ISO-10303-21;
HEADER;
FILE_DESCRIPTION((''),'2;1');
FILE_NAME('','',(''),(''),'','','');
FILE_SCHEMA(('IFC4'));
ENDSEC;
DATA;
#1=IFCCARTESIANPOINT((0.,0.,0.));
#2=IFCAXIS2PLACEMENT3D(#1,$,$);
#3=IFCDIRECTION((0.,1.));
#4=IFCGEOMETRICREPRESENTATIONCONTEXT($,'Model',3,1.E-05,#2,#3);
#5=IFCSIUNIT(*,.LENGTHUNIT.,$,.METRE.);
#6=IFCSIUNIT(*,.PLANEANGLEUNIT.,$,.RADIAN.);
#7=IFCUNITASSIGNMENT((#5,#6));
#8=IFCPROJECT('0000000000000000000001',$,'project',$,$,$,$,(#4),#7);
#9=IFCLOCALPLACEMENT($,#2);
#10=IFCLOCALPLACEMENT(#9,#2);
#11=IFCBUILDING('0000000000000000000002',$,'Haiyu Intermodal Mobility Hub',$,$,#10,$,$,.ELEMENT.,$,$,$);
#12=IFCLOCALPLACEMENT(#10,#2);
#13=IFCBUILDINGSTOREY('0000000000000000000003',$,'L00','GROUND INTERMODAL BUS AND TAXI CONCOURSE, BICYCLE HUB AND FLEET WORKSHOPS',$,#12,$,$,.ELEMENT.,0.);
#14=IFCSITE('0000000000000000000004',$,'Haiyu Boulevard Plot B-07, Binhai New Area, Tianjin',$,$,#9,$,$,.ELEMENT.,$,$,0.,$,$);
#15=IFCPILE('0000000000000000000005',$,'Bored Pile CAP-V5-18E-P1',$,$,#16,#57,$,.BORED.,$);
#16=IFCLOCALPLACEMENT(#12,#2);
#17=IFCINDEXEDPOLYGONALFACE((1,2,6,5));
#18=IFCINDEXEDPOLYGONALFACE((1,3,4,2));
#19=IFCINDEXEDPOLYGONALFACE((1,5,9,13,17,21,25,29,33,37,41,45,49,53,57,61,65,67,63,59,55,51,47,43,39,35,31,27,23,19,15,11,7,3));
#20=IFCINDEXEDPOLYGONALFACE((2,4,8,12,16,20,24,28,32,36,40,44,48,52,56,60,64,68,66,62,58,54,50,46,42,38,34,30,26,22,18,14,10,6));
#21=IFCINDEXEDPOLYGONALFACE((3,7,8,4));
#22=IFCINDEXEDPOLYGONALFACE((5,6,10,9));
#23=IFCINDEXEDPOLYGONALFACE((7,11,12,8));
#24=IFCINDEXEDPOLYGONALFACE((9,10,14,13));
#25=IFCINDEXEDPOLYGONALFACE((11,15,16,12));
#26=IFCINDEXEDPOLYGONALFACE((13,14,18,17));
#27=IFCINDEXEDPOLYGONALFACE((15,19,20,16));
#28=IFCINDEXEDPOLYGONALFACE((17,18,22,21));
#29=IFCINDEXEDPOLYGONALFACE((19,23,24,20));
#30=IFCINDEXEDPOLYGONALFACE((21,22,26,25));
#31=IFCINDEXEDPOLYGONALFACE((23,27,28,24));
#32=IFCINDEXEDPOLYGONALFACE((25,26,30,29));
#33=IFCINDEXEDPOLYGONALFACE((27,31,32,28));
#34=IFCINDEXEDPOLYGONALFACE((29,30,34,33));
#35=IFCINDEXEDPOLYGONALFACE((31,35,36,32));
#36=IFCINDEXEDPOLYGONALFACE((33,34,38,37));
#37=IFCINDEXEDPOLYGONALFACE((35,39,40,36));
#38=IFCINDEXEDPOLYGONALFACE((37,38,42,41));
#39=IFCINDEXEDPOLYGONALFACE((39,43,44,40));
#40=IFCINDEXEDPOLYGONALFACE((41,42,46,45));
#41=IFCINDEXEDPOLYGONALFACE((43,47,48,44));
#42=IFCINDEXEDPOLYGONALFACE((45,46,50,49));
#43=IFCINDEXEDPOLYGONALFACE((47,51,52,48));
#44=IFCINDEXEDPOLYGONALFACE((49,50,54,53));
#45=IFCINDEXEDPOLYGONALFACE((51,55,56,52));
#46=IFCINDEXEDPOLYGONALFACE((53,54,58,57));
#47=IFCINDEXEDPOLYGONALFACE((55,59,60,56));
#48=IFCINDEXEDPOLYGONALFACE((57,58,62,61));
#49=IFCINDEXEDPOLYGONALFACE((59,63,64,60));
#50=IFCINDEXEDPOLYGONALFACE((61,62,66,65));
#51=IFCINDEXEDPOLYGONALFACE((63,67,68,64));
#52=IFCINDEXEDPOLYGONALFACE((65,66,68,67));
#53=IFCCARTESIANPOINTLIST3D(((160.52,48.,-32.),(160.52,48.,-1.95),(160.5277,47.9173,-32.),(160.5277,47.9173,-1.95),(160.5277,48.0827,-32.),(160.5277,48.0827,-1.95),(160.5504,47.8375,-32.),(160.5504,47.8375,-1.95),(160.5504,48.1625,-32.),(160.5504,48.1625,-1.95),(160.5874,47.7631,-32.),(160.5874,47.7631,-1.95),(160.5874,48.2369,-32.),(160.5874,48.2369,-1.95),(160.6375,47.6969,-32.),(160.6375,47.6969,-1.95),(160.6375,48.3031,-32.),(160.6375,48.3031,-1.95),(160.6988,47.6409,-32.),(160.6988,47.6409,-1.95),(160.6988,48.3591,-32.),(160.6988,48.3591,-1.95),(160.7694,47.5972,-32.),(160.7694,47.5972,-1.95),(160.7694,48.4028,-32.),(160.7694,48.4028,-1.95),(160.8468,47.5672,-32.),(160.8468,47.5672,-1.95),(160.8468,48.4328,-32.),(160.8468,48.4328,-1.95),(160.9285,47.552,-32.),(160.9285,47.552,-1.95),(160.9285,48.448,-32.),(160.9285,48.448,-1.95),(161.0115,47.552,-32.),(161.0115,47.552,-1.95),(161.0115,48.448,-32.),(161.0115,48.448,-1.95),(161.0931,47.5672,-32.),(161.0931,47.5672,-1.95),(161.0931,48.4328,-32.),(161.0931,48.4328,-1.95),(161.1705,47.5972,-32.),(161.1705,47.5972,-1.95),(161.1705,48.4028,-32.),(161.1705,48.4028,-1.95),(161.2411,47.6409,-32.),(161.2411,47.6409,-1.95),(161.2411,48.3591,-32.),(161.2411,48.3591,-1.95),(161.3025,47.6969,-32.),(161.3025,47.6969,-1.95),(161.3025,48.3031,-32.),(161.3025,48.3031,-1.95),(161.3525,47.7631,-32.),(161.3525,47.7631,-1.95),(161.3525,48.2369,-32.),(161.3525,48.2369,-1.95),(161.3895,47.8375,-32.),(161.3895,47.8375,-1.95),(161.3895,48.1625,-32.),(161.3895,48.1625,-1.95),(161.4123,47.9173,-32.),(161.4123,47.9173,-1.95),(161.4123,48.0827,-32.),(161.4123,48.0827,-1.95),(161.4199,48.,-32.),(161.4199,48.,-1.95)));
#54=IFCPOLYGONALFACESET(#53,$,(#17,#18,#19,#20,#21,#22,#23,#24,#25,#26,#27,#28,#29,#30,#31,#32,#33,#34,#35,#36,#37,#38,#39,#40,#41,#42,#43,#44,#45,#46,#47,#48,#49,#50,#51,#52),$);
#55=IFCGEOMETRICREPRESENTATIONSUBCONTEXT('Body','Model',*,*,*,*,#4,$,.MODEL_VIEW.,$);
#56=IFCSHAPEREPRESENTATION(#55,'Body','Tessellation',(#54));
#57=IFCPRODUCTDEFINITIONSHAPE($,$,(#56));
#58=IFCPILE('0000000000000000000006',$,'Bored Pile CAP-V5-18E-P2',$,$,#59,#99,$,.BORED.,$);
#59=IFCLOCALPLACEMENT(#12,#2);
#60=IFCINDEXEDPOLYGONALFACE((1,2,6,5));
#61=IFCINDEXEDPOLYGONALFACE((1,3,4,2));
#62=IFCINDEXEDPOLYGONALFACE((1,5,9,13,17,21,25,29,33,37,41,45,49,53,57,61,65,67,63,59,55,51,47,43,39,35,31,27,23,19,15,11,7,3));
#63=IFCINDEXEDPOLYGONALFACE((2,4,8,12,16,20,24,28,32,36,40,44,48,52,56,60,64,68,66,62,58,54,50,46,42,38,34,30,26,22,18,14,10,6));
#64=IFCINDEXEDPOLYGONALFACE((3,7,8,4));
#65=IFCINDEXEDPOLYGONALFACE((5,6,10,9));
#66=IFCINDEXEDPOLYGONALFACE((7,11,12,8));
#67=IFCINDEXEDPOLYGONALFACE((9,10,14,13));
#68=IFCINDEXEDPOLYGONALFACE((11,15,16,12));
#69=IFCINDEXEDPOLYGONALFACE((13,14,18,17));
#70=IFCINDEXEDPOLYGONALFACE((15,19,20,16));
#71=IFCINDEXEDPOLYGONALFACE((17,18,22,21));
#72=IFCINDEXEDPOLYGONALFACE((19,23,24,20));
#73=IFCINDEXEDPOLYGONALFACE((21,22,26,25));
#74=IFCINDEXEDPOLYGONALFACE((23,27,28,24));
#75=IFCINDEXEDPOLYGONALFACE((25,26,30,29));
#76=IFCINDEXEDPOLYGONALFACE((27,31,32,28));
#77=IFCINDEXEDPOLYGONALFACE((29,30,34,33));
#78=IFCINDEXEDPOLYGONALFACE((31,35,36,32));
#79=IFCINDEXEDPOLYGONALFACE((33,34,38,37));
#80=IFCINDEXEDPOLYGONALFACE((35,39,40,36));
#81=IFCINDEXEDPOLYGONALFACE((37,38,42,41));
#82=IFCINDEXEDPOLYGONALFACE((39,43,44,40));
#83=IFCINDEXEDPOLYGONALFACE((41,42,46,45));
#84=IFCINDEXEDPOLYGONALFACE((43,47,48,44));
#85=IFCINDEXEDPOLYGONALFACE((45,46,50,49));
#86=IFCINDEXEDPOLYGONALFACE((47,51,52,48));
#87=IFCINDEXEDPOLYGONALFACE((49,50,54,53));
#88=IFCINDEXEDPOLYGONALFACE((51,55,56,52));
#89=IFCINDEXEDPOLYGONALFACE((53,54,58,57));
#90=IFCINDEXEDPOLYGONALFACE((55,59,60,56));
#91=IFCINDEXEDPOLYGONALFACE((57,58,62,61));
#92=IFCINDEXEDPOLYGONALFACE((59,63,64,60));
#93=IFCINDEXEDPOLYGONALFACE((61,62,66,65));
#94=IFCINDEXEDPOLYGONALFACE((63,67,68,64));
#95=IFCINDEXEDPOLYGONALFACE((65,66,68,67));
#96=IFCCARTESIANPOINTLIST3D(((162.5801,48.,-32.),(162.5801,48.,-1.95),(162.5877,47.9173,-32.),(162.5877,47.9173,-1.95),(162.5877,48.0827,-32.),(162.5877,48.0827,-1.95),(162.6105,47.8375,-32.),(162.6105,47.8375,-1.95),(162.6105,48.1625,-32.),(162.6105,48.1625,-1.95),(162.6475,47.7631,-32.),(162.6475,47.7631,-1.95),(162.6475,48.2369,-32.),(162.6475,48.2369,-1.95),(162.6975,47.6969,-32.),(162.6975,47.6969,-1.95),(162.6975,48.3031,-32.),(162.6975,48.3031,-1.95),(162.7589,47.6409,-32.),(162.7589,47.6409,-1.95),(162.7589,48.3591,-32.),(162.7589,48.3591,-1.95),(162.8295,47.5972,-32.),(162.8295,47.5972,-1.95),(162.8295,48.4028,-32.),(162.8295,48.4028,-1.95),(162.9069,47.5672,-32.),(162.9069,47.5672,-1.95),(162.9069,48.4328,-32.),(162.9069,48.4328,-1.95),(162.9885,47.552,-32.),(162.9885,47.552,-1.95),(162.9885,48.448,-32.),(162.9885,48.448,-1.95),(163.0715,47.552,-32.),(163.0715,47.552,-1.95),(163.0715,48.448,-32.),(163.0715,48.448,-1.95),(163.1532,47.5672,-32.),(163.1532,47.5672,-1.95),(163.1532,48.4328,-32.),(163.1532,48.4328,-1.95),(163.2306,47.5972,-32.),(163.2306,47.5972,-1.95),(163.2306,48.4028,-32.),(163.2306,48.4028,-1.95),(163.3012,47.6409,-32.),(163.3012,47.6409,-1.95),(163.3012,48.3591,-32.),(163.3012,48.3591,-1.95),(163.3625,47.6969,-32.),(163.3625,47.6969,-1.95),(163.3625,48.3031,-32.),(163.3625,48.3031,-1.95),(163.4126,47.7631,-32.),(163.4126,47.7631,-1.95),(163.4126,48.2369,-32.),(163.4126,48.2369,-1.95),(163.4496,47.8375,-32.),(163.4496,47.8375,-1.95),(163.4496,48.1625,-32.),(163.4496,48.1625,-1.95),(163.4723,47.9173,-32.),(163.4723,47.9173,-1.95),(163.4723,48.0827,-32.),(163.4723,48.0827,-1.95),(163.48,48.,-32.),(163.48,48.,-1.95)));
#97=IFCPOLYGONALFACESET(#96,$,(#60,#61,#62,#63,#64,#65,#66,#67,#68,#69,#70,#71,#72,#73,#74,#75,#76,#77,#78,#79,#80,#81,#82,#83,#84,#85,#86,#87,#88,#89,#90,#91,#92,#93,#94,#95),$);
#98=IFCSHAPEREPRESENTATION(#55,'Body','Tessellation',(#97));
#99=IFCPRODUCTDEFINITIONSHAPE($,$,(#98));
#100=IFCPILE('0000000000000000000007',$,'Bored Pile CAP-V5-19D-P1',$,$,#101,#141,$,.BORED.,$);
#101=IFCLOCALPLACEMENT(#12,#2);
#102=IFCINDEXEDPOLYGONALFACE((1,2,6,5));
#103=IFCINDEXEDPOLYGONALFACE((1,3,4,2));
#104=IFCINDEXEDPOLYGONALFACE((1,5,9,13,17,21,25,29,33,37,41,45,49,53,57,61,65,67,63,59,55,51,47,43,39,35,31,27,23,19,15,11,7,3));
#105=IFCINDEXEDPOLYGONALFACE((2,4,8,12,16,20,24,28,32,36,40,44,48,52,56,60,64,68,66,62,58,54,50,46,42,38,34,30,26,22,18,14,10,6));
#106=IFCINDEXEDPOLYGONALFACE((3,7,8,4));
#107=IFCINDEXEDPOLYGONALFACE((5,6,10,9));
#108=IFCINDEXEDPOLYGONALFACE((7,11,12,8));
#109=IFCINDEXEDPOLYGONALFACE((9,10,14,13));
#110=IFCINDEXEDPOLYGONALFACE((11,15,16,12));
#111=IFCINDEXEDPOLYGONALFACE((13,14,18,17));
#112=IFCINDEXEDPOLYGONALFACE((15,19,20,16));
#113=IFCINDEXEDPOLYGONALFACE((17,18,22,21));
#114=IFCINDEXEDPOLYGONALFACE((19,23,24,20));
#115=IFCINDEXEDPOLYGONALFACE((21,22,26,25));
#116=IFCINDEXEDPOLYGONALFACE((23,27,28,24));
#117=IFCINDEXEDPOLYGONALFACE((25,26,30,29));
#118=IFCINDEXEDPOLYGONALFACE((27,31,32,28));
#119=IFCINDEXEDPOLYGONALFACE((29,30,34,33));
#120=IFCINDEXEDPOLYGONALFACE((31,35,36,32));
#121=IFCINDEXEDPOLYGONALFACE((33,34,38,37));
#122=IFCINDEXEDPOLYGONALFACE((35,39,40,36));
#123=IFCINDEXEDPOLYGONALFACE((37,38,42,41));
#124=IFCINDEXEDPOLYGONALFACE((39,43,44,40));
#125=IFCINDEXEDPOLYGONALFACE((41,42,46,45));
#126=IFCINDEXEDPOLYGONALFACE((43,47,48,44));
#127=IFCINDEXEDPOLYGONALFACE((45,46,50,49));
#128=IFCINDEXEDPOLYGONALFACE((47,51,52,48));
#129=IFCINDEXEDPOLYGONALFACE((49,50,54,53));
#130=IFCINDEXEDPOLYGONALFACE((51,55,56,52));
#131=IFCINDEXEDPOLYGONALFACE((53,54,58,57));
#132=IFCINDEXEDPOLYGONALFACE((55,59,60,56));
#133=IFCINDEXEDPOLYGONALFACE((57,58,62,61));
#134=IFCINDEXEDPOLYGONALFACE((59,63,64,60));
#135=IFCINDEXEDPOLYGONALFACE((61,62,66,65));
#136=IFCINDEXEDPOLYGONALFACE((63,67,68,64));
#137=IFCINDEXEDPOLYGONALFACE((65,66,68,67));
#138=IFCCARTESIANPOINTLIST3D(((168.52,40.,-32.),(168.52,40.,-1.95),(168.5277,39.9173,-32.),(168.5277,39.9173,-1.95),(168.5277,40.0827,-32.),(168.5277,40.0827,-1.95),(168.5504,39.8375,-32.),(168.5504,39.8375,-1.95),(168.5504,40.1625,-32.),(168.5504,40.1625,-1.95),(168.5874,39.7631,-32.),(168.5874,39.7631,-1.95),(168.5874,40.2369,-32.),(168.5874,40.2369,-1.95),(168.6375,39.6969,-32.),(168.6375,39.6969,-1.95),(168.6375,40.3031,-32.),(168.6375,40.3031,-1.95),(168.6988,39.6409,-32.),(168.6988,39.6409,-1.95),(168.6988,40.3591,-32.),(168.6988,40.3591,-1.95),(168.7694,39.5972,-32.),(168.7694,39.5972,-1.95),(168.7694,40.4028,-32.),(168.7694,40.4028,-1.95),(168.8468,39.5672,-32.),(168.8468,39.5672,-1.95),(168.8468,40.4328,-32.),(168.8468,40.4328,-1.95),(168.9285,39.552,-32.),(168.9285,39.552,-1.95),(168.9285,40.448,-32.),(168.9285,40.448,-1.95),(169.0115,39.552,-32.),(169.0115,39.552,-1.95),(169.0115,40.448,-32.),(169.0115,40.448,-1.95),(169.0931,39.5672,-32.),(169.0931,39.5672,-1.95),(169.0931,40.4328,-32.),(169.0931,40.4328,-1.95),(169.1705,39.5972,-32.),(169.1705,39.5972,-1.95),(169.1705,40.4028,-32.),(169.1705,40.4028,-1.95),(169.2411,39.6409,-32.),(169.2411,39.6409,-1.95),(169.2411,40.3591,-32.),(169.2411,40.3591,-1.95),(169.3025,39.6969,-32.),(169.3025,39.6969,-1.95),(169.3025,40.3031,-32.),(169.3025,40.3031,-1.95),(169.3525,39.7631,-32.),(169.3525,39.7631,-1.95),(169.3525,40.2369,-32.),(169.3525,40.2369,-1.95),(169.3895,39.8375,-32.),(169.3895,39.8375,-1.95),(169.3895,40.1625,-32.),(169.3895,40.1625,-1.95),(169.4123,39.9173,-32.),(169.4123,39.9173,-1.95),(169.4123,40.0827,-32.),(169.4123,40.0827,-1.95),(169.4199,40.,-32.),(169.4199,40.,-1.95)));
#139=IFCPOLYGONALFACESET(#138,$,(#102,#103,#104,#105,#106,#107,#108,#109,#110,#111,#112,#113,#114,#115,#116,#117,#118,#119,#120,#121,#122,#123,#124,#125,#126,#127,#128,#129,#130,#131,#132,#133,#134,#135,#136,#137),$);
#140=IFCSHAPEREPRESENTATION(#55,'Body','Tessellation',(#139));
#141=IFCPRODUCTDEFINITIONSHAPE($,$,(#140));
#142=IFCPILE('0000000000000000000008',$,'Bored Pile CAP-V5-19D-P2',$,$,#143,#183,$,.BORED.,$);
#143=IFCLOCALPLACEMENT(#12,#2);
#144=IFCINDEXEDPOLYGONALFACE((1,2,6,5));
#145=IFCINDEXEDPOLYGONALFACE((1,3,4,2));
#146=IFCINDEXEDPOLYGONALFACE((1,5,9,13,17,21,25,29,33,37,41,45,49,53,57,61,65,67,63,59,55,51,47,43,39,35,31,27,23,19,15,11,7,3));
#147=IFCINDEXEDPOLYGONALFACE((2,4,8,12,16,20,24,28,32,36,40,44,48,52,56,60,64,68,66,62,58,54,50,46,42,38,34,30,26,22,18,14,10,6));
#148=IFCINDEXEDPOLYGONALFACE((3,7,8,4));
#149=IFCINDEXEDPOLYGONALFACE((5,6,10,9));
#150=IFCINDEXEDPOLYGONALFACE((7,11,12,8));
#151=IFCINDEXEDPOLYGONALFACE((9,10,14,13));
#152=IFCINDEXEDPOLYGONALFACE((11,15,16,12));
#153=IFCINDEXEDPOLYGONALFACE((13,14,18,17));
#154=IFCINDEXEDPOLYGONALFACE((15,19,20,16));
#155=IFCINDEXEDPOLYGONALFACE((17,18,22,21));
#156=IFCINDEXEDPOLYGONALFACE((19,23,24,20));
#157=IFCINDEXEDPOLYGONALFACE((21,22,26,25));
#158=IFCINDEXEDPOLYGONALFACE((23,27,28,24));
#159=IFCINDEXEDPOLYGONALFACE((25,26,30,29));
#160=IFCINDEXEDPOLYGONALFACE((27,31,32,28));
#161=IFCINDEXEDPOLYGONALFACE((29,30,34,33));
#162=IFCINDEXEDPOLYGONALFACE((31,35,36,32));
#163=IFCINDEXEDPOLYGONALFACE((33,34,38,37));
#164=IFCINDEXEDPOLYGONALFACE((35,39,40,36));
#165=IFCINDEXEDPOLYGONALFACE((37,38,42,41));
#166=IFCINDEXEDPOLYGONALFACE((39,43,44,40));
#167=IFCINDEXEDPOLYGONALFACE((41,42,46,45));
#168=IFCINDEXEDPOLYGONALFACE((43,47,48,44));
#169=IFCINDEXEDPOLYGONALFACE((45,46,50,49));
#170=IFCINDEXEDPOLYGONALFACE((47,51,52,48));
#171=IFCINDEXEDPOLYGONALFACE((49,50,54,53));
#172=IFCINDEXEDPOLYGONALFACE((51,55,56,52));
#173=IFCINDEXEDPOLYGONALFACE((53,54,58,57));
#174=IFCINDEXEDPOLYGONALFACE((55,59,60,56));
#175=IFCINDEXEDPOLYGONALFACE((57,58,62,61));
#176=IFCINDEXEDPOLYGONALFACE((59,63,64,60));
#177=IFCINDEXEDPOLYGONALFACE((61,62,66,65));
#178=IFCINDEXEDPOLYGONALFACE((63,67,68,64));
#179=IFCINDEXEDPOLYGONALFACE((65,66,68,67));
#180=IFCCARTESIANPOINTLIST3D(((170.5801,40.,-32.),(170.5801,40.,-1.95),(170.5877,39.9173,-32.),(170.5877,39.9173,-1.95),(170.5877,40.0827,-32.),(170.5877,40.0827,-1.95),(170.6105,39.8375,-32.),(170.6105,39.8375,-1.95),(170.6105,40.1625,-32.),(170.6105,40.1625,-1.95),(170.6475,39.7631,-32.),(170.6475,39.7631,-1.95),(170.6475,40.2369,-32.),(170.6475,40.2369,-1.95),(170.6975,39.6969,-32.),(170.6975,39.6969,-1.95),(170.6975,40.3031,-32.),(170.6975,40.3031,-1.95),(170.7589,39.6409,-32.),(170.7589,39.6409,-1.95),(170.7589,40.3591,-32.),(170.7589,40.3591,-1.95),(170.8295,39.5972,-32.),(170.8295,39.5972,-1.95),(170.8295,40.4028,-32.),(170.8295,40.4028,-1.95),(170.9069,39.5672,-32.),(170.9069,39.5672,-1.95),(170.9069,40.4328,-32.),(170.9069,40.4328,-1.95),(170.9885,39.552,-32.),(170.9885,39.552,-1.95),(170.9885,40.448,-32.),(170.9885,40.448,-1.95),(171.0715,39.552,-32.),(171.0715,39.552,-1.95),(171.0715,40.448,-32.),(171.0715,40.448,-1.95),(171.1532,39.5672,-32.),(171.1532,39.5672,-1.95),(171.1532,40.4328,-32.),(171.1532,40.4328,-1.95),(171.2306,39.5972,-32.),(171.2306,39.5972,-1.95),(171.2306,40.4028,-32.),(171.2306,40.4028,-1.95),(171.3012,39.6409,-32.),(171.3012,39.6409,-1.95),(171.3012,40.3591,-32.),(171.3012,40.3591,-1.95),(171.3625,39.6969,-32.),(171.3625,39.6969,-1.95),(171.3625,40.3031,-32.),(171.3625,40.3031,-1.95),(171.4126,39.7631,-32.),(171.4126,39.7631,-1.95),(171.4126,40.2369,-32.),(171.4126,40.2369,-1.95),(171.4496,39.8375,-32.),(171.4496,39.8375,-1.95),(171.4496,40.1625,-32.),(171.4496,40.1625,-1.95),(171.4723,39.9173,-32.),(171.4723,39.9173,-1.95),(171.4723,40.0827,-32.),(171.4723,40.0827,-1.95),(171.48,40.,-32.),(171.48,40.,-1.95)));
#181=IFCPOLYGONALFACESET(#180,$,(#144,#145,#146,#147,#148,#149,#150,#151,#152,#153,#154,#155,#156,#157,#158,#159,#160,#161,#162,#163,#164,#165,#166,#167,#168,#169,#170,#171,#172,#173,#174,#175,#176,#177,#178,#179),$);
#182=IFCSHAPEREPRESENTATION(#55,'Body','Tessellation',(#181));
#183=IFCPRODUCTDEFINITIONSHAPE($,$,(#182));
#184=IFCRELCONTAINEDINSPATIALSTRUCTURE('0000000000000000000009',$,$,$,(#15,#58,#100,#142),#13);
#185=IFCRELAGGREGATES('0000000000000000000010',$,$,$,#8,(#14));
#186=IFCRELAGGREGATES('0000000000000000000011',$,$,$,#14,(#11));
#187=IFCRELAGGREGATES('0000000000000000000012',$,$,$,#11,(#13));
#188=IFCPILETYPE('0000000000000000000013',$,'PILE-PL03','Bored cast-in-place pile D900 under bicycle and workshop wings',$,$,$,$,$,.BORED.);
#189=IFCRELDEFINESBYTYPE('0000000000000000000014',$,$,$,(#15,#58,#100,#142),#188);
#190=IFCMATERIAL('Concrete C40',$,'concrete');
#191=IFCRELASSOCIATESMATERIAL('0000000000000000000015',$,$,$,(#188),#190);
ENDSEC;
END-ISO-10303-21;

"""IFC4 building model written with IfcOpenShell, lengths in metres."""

from ifc_helpers import new_model, si_unit, direction, frame, origin, origin_2d, place, context, subcontext, project, spatial, circle, extrude, material, material_profile, profile_set, type_object, element, save


model = new_model("IFC4")

# Units and contexts
model_context = context("Model", 3, precision=1e-05, world=origin(), true_north=direction((0.0, 1.0)))
body_context = subcontext(model_context, "Body", "Model", "MODEL_VIEW")
ifc_project = project(units=[si_unit("LENGTHUNIT", "METRE"), si_unit("PLANEANGLEUNIT", "RADIAN")], contexts=[model_context])

# Site, building, storey
site_placement = place(None, origin())
site = spatial("IfcSite", under=ifc_project, at=site_placement, Name="Haiyu Boulevard Plot B-07, Binhai New Area, Tianjin", CompositionType="ELEMENT", RefElevation=0.0)
building_placement = place(site_placement, origin())
building = spatial("IfcBuilding", under=site, at=building_placement, Name="Haiyu Intermodal Mobility Hub", CompositionType="ELEMENT")
storey_placement = place(building_placement, origin())
storey = spatial("IfcBuildingStorey", under=building, at=storey_placement, Name="L00", Description="GROUND INTERMODAL BUS AND TAXI CONCOURSE, BICYCLE HUB AND FLEET WORKSHOPS", CompositionType="ELEMENT", Elevation=0.0)

# Shared definitions
ifc_material_1 = material(Name="Concrete C40", Category="concrete")

# Piles
ifc_material_profile_1 = material_profile(ifc_material_1, circle(Radius=0.45, at=origin_2d()), Name="PILE-D900")
ifc_profile_set_1 = profile_set([ifc_material_profile_1], Name="Concrete C40")
pile_type = type_object("IfcPileType", Name="PILE-PL03", Description="Bored cast-in-place pile D900 under bicycle and workshop wings", PredefinedType="BORED", material=ifc_profile_set_1)
for number, where, z_axis, x_axis, name in (
    (1, (160.97, 48.0, -1.95), (0.0, 0.0, -1.0), (1.0, 0.0, 0.0), "Bored Pile CAP-V5-18E-P1"),
    (2, (163.03, 48.0, -1.95), (0.0, 0.0, -1.0), (1.0, 0.0, 0.0), "Bored Pile CAP-V5-18E-P2"),
    (3, (168.97, 40.0, -1.95), (0.0, 0.0, -1.0), (1.0, 0.0, 0.0), "Bored Pile CAP-V5-19D-P1"),
    (4, (171.03, 40.0, -1.95), (0.0, 0.0, -1.0), (1.0, 0.0, 0.0), "Bored Pile CAP-V5-19D-P2"),
):
    element("IfcPile", number, at=place(storey_placement, frame(where, z_axis=z_axis, x_axis=x_axis)), inside=storey, type_object=pile_type, Name=name, PredefinedType="BORED", context=body_context, shape_type="SweptSolid", body=[
        extrude(circle(Radius=0.45, at=origin_2d()), origin(), (0.0, 0.0, 1.0), 30.05),
    ])

save(model, "model.ifc")
